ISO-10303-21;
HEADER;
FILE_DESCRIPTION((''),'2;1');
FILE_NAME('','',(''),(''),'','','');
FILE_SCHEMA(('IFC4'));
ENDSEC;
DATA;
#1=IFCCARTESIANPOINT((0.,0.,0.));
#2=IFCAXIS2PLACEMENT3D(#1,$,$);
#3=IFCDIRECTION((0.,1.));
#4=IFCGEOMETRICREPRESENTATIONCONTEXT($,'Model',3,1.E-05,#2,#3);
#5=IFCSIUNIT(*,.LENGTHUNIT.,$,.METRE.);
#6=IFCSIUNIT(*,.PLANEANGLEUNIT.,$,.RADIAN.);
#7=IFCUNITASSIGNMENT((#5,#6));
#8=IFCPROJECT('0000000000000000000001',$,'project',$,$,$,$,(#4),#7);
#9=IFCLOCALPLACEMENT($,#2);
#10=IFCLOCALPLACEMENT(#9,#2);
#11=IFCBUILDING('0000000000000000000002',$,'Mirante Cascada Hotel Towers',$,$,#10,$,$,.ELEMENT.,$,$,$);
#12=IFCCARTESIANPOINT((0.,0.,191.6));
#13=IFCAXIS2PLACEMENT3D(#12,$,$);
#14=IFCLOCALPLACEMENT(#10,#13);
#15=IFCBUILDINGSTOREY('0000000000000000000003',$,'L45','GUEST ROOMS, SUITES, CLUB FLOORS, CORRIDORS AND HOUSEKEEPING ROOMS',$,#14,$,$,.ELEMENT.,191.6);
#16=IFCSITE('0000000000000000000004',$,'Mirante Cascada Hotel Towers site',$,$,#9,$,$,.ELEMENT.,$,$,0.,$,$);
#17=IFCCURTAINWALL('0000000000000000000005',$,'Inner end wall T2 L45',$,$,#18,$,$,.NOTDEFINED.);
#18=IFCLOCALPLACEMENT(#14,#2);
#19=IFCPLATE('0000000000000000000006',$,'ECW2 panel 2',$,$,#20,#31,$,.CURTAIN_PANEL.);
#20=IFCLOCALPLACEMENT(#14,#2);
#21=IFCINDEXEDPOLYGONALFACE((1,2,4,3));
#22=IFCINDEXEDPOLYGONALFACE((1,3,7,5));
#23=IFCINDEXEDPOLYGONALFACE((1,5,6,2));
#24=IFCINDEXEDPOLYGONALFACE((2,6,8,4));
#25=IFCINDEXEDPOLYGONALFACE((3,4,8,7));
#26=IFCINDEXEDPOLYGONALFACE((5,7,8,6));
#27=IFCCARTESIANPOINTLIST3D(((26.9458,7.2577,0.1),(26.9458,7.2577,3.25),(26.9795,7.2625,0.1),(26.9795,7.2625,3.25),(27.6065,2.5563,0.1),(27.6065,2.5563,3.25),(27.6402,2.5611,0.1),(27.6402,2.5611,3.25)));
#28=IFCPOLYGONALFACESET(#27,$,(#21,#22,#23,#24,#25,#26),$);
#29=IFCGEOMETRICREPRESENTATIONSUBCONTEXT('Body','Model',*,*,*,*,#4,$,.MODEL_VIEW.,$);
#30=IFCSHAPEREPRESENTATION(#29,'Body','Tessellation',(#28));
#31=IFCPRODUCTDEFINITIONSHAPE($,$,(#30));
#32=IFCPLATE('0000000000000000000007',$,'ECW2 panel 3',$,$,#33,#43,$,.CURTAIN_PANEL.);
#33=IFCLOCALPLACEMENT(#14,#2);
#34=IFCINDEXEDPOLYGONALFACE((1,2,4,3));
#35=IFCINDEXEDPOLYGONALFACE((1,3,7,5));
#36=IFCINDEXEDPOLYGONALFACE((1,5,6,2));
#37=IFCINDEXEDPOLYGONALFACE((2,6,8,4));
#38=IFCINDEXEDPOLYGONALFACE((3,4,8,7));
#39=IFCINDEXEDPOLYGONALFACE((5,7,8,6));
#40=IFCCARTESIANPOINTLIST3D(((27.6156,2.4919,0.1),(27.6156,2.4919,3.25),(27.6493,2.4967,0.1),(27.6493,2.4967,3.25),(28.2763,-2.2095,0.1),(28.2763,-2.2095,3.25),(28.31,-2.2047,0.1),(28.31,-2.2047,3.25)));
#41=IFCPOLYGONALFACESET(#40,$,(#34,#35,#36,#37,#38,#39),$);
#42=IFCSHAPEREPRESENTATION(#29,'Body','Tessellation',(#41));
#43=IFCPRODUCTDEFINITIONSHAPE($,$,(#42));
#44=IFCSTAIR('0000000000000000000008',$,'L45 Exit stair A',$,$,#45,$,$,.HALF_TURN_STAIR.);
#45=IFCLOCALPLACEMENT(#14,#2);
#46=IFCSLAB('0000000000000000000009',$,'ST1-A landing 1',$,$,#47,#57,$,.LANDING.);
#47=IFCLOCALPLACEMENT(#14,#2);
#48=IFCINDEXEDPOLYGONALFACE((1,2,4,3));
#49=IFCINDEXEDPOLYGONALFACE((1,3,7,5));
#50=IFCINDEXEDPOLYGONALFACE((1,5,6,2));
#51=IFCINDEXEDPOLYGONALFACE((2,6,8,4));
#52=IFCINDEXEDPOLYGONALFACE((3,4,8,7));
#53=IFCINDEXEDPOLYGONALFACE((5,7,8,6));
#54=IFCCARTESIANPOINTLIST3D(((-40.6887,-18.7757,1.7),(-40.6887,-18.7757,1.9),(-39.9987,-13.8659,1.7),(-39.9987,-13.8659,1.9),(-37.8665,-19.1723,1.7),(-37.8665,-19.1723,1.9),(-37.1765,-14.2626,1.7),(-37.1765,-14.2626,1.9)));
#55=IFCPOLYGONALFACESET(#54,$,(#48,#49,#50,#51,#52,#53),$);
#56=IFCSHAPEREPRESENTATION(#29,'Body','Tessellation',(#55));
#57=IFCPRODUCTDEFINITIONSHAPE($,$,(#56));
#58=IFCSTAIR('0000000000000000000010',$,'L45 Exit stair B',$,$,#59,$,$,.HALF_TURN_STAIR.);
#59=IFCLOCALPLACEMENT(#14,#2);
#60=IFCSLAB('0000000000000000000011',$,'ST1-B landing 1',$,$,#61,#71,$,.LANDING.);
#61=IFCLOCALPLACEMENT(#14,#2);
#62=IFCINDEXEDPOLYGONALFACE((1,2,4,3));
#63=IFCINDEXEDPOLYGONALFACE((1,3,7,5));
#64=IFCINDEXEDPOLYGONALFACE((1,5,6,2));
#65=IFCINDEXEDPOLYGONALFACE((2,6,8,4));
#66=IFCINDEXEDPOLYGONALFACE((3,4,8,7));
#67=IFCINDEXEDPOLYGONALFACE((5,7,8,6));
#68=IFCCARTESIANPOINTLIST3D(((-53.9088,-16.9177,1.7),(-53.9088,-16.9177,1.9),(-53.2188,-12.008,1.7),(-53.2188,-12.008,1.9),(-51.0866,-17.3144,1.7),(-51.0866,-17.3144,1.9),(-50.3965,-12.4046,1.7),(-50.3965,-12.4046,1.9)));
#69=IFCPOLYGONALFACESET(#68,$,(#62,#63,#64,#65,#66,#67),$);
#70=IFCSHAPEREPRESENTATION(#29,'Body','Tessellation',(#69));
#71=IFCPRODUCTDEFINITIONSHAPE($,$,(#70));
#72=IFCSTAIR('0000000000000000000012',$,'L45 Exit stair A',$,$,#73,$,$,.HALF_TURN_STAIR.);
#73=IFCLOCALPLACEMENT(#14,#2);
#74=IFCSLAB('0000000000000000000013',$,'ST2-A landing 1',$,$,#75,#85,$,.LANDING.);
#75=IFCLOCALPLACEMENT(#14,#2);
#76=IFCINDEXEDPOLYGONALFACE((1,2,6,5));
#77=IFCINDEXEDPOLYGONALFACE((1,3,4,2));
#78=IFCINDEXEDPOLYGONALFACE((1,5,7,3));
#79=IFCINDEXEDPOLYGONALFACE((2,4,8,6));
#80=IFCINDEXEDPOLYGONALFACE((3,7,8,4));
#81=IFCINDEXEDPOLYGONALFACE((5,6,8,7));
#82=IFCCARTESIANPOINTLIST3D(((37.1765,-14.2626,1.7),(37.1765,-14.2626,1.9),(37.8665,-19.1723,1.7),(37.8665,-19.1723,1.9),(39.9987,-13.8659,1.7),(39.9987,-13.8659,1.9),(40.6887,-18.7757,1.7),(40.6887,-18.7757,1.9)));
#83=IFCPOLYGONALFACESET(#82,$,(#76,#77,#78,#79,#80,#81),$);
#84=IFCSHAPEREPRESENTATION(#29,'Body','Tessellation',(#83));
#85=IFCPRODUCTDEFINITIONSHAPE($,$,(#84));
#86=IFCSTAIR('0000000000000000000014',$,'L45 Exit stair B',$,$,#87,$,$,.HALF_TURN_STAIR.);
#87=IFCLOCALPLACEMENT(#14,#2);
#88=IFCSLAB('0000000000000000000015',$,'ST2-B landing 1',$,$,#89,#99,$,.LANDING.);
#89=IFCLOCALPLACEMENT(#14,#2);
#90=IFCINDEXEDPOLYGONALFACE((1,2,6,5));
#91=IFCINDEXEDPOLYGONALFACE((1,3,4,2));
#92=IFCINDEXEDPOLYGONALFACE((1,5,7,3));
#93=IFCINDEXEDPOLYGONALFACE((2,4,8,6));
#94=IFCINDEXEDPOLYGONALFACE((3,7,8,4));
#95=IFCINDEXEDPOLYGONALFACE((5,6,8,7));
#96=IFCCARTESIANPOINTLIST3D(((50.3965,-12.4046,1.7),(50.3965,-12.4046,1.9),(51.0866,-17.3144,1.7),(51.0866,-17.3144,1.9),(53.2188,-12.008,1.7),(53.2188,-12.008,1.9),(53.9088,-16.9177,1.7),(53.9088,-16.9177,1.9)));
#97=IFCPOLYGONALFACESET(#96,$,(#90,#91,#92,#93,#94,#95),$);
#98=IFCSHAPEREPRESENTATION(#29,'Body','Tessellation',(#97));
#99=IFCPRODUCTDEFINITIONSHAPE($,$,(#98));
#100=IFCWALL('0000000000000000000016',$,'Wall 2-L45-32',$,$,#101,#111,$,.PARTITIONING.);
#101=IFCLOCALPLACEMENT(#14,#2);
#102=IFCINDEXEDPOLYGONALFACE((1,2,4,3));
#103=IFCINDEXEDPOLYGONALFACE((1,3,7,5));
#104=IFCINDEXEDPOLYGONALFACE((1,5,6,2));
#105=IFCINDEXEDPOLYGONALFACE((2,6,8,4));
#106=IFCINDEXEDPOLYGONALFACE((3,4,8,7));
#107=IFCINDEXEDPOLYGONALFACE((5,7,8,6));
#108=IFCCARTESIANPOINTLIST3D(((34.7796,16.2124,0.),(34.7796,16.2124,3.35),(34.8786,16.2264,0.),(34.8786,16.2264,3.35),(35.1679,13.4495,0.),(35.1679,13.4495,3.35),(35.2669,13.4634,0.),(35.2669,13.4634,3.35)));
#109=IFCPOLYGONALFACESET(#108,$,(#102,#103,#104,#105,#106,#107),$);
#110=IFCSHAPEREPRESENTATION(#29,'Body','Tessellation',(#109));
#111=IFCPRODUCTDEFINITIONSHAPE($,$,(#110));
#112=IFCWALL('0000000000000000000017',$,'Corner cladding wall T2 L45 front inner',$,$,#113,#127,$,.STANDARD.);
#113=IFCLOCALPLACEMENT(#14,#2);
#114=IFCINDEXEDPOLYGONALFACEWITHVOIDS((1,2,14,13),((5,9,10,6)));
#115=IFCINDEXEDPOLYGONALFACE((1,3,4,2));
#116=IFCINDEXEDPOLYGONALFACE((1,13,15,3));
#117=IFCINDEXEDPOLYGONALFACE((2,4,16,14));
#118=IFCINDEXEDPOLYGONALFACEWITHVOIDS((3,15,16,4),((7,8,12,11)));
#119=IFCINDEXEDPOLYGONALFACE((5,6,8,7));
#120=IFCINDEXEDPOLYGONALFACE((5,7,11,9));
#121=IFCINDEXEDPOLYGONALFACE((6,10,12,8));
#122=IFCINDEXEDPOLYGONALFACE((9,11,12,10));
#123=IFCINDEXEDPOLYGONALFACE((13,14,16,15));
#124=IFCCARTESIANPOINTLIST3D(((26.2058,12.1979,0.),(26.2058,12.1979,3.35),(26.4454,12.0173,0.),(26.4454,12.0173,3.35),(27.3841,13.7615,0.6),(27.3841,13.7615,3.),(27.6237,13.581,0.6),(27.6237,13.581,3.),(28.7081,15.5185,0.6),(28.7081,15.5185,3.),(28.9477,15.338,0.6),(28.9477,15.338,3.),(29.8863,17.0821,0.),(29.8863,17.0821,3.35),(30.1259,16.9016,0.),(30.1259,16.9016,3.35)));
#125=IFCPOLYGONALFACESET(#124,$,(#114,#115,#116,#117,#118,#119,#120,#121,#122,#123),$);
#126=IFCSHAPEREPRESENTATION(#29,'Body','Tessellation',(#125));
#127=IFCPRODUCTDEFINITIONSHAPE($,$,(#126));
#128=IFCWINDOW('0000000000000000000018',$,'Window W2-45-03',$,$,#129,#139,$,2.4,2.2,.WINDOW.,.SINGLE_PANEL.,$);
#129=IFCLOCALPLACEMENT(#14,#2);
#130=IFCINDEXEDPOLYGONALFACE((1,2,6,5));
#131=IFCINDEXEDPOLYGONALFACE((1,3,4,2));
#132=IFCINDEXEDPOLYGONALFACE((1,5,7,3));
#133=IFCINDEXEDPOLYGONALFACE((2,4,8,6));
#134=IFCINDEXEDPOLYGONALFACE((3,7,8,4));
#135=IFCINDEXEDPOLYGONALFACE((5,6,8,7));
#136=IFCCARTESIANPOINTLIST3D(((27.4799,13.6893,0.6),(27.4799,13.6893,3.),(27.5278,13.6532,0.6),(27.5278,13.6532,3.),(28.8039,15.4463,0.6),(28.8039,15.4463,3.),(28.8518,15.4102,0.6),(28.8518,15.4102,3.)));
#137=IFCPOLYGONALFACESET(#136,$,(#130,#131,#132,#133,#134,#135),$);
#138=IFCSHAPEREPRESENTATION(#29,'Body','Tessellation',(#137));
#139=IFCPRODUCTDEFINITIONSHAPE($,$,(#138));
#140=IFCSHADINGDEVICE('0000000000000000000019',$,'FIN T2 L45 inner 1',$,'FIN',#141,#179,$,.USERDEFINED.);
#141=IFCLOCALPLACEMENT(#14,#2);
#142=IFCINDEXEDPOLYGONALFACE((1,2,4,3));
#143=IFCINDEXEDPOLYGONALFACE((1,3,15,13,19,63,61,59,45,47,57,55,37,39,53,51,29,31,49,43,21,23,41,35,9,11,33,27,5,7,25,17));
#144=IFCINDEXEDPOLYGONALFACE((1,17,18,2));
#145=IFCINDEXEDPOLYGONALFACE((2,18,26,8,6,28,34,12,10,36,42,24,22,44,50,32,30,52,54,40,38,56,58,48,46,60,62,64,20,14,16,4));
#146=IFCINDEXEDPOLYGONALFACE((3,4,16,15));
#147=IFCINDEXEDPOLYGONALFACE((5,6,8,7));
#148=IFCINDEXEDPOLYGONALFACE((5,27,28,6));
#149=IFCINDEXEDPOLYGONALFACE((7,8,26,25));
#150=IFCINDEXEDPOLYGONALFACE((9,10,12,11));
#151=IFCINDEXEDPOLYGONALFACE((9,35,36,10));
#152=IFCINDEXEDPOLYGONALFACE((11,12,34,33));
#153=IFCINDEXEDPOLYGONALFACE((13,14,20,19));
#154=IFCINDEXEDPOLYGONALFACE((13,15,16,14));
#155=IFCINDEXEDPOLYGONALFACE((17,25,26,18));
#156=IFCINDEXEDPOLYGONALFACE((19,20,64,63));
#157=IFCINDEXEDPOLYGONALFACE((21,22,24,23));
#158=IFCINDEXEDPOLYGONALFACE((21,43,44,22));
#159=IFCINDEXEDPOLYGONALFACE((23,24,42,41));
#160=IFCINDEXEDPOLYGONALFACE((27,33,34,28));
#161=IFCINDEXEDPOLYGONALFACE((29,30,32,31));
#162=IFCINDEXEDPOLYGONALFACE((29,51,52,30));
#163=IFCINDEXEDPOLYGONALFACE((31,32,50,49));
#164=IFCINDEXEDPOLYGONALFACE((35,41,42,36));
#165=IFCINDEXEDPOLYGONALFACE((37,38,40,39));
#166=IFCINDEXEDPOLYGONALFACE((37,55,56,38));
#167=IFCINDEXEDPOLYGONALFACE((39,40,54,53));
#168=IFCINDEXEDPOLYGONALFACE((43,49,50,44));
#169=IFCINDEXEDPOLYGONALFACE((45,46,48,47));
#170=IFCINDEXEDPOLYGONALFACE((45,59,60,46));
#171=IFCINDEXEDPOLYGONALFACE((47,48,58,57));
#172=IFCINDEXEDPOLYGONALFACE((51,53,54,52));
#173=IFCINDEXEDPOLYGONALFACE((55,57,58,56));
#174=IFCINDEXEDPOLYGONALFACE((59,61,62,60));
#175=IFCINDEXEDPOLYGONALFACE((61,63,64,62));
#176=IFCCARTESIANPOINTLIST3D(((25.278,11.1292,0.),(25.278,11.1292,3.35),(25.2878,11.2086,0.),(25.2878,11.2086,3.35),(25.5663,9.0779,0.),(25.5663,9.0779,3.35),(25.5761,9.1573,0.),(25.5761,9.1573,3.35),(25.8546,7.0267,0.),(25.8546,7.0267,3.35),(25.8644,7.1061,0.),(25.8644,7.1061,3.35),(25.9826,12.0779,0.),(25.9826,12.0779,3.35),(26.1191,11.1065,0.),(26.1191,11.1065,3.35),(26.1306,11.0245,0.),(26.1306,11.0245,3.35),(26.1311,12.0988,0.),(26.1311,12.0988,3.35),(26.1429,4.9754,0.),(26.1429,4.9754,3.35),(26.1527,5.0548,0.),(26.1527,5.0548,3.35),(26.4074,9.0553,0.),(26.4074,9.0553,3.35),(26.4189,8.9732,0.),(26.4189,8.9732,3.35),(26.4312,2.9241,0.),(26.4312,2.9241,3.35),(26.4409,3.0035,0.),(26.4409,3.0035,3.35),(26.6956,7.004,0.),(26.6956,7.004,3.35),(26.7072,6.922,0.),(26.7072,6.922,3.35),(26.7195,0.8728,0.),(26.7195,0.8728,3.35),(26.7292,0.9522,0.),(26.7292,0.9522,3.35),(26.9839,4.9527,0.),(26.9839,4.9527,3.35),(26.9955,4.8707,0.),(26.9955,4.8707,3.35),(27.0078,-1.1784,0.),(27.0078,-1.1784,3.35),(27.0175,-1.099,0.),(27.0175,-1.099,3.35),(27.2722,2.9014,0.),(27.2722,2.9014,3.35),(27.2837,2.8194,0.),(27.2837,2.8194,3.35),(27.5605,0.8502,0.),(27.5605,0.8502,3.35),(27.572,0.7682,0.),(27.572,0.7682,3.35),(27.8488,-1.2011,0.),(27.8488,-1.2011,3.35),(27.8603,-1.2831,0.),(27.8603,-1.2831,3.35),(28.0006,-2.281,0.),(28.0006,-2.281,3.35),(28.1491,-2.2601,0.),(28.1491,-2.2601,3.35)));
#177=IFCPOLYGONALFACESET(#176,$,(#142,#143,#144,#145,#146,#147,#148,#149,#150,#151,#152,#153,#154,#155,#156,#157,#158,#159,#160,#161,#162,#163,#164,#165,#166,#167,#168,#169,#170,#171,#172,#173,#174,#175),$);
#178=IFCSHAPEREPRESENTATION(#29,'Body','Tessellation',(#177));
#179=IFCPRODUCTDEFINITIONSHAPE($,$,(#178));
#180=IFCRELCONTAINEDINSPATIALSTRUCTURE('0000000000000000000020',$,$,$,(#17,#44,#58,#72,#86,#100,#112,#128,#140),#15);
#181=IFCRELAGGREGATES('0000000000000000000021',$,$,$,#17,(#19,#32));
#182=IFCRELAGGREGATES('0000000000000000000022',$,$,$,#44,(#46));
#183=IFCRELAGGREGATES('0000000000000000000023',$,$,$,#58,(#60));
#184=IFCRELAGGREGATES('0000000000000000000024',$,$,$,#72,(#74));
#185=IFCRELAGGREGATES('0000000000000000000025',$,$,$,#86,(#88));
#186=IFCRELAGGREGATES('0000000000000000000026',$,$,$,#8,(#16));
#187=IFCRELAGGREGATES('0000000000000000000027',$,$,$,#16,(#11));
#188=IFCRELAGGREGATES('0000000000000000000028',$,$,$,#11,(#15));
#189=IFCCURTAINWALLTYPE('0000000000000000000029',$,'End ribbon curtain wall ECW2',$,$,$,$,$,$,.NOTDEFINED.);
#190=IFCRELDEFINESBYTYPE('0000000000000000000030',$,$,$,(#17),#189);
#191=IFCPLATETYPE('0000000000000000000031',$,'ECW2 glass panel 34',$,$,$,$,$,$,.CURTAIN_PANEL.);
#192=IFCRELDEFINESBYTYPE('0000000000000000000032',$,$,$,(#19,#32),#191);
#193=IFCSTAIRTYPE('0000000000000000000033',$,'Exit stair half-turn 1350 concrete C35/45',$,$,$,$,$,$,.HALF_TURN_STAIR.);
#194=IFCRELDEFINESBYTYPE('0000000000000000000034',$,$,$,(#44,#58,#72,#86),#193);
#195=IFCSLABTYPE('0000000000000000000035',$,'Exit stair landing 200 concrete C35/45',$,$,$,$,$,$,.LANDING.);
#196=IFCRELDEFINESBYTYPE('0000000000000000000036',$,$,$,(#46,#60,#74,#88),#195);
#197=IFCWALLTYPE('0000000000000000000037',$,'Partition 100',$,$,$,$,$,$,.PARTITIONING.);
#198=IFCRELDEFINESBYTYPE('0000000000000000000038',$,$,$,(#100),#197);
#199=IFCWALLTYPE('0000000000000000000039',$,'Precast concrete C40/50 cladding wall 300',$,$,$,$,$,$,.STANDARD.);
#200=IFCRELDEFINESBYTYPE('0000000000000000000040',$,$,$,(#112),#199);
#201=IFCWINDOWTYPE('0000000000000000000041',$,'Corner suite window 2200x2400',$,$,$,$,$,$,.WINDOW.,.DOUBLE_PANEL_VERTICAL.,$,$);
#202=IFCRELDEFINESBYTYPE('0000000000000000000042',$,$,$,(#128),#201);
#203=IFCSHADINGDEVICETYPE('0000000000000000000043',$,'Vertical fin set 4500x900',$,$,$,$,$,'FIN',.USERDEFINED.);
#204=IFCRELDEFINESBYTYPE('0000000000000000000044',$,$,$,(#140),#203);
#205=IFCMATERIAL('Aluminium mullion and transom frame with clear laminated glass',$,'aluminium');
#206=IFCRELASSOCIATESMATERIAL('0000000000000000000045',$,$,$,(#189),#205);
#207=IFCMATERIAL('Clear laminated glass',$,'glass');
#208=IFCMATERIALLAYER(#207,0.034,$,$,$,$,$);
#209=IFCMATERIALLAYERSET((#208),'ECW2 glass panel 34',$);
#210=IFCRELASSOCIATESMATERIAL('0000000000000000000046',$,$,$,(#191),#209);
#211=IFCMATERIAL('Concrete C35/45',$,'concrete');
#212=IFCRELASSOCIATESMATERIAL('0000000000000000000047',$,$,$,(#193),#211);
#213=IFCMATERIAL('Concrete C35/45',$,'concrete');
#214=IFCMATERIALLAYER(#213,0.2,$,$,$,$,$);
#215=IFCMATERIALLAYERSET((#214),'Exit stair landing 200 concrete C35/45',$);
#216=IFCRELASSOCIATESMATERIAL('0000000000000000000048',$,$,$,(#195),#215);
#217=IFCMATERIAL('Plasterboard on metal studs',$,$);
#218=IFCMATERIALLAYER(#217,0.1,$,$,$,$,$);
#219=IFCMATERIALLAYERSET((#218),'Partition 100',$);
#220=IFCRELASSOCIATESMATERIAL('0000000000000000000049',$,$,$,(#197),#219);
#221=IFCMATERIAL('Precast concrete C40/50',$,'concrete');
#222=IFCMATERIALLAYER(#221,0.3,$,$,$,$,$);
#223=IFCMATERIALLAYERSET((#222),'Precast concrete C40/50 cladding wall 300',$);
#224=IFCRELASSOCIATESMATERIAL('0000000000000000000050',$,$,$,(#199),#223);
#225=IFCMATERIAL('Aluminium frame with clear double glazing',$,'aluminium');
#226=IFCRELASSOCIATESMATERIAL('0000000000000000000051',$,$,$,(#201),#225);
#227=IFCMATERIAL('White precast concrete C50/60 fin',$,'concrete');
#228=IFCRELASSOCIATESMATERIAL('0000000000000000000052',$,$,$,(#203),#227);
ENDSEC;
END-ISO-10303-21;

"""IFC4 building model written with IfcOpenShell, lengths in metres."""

from ifc_helpers import new_model, si_unit, direction, frame, frame_2d, origin, origin_2d, place, context, subcontext, project, spatial, polyline, rectangle, outline, extrude, material, layer, layer_set, type_object, element, fill, aggregate, save


model = new_model("IFC4")

# Units and contexts
model_context = context("Model", 3, precision=1e-05, world=origin(), true_north=direction((0.0, 1.0)))
body_context = subcontext(model_context, "Body", "Model", "MODEL_VIEW")
ifc_project = project(units=[si_unit("LENGTHUNIT", "METRE"), si_unit("PLANEANGLEUNIT", "RADIAN")], contexts=[model_context])

# Site, building, storey
site_placement = place(None, origin())
site = spatial("IfcSite", under=ifc_project, at=site_placement, Name="Mirante Cascada Hotel Towers site", CompositionType="ELEMENT", RefElevation=0.0)
building_placement = place(site_placement, origin())
building = spatial("IfcBuilding", under=site, at=building_placement, Name="Mirante Cascada Hotel Towers", CompositionType="ELEMENT")
storey_placement = place(building_placement, frame((0.0, 0.0, 191.6)))
storey = spatial("IfcBuildingStorey", under=building, at=storey_placement, Name="L45", Description="GUEST ROOMS, SUITES, CLUB FLOORS, CORRIDORS AND HOUSEKEEPING ROOMS", CompositionType="ELEMENT", Elevation=191.6)

# Curtain wall
ifc_material_1 = material(Name="Aluminium mullion and transom frame with clear laminated glass", Category="aluminium")
curtain_wall_type_1 = type_object("IfcCurtainWallType", Name="End ribbon curtain wall ECW2", PredefinedType="NOTDEFINED", material=ifc_material_1)
curtain_wall_1_placement = place(storey_placement, origin())
curtain_wall_1 = element("IfcCurtainWall", 1, at=curtain_wall_1_placement, inside=storey, type_object=curtain_wall_type_1, Name="Inner end wall T2 L45", PredefinedType="NOTDEFINED")

# Plates
ifc_material_2 = material(Name="Clear laminated glass", Category="glass")
ifc_layer_1 = layer(ifc_material_2, 0.034)
ifc_layer_set_1 = layer_set([ifc_layer_1], Name="ECW2 glass panel 34")
plate_type_1 = type_object("IfcPlateType", Name="ECW2 glass panel 34", PredefinedType="CURTAIN_PANEL", material=ifc_layer_set_1)
plate_1_placement = place(storey_placement, frame((27.293, 4.9094, 0.1), z_axis=(0.0, 0.0, 1.0), x_axis=(0.139173, -0.990268, 0.0)))
plate_1 = element("IfcPlate", 2, at=plate_1_placement, type_object=plate_type_1, Name="ECW2 panel 2", PredefinedType="CURTAIN_PANEL", context=body_context, shape_type="SweptSolid", body=[
    extrude(rectangle(XDim=4.7476, YDim=0.034, at=origin_2d()), origin(), (0.0, 0.0, 1.0), 3.15),
])
plate_2_placement = place(storey_placement, frame((27.9628, 0.1436, 0.1), z_axis=(0.0, 0.0, 1.0), x_axis=(0.139173, -0.990268, 0.0)))
plate_2 = element("IfcPlate", 3, at=plate_2_placement, type_object=plate_type_1, Name="ECW2 panel 3", PredefinedType="CURTAIN_PANEL", context=body_context, shape_type="SweptSolid", body=[
    extrude(rectangle(XDim=4.7476, YDim=0.034, at=origin_2d()), origin(), (0.0, 0.0, 1.0), 3.15),
])
aggregate(curtain_wall_1, [plate_1, plate_2])

# Stairs, slabs
ifc_material_3 = material(Name="Concrete C35/45", Category="concrete")
stair_type = type_object("IfcStairType", Name="Exit stair half-turn 1350 concrete C35/45", PredefinedType="HALF_TURN_STAIR", material=ifc_material_3)
stair_1_placement = place(storey_placement, origin())
stair_1 = element("IfcStair", 4, at=stair_1_placement, inside=storey, type_object=stair_type, Name="L45 Exit stair A", PredefinedType="HALF_TURN_STAIR")
ifc_material_4 = material(Name="Concrete C35/45", Category="concrete")
ifc_layer_2 = layer(ifc_material_4, 0.2)
ifc_layer_set_2 = layer_set([ifc_layer_2], Name="Exit stair landing 200 concrete C35/45")
slab_type = type_object("IfcSlabType", Name="Exit stair landing 200 concrete C35/45", PredefinedType="LANDING", material=ifc_layer_set_2)
slab_1_placement = place(storey_placement, frame((0.0, 0.0, 1.7)))
slab_1 = element("IfcSlab", 5, at=slab_1_placement, type_object=slab_type, Name="ST1-A landing 1", PredefinedType="LANDING", context=body_context, shape_type="SweptSolid", body=[
    extrude(outline(polyline([(-39.9987, -13.8659), (-40.6887, -18.7757), (-37.8665, -19.1723), (-37.1765, -14.2626), (-39.9987, -13.8659)])), origin(), (0.0, 0.0, 1.0), 0.2),
])
aggregate(stair_1, [slab_1])
stair_2_placement = place(storey_placement, origin())
stair_2 = element("IfcStair", 6, at=stair_2_placement, inside=storey, type_object=stair_type, Name="L45 Exit stair B", PredefinedType="HALF_TURN_STAIR")
slab_2_placement = place(storey_placement, frame((0.0, 0.0, 1.7)))
slab_2 = element("IfcSlab", 7, at=slab_2_placement, type_object=slab_type, Name="ST1-B landing 1", PredefinedType="LANDING", context=body_context, shape_type="SweptSolid", body=[
    extrude(outline(polyline([(-53.2188, -12.008), (-53.9088, -16.9177), (-51.0866, -17.3144), (-50.3965, -12.4046), (-53.2188, -12.008)])), origin(), (0.0, 0.0, 1.0), 0.2),
])
aggregate(stair_2, [slab_2])
stair_3_placement = place(storey_placement, origin())
stair_3 = element("IfcStair", 8, at=stair_3_placement, inside=storey, type_object=stair_type, Name="L45 Exit stair A", PredefinedType="HALF_TURN_STAIR")
slab_3_placement = place(storey_placement, frame((0.0, 0.0, 1.7)))
slab_3 = element("IfcSlab", 9, at=slab_3_placement, type_object=slab_type, Name="ST2-A landing 1", PredefinedType="LANDING", context=body_context, shape_type="SweptSolid", body=[
    extrude(outline(polyline([(37.1765, -14.2626), (37.8665, -19.1723), (40.6887, -18.7757), (39.9987, -13.8659), (37.1765, -14.2626)])), origin(), (0.0, 0.0, 1.0), 0.2),
])
aggregate(stair_3, [slab_3])
stair_4_placement = place(storey_placement, origin())
stair_4 = element("IfcStair", 10, at=stair_4_placement, inside=storey, type_object=stair_type, Name="L45 Exit stair B", PredefinedType="HALF_TURN_STAIR")
slab_4_placement = place(storey_placement, frame((0.0, 0.0, 1.7)))
slab_4 = element("IfcSlab", 11, at=slab_4_placement, type_object=slab_type, Name="ST2-B landing 1", PredefinedType="LANDING", context=body_context, shape_type="SweptSolid", body=[
    extrude(outline(polyline([(50.3965, -12.4046), (51.0866, -17.3144), (53.9088, -16.9177), (53.2188, -12.008), (50.3965, -12.4046)])), origin(), (0.0, 0.0, 1.0), 0.2),
])
aggregate(stair_4, [slab_4])

# Wall
ifc_material_5 = material(Name="Plasterboard on metal studs")
ifc_layer_3 = layer(ifc_material_5, 0.1)
ifc_layer_set_3 = layer_set([ifc_layer_3], Name="Partition 100")
wall_type_1 = type_object("IfcWallType", Name="Partition 100", PredefinedType="PARTITIONING", material=ifc_layer_set_3)
wall_1_placement = place(storey_placement, frame((35.2174, 13.4565, 0.0), z_axis=(0.0, 0.0, 1.0), x_axis=(-0.139173, 0.990268, 0.0)))
element("IfcWall", 12, at=wall_1_placement, inside=storey, type_object=wall_type_1, Name="Wall 2-L45-32", PredefinedType="PARTITIONING", context=body_context, shape_type="SweptSolid", body=[
    extrude(rectangle(XDim=2.7901, YDim=0.1, at=frame_2d((1.395, 0.0))), origin(), (0.0, 0.0, 1.0), 3.35),
])

# Wall, opening, window
ifc_material_6 = material(Name="Precast concrete C40/50", Category="concrete")
ifc_layer_4 = layer(ifc_material_6, 0.3)
ifc_layer_set_4 = layer_set([ifc_layer_4], Name="Precast concrete C40/50 cladding wall 300")
wall_type_2 = type_object("IfcWallType", Name="Precast concrete C40/50 cladding wall 300", PredefinedType="STANDARD", material=ifc_layer_set_4)
wall_2_placement = place(storey_placement, frame((30.0061, 16.9918, 0.0), z_axis=(0.0, 0.0, 1.0), x_axis=(-0.601814, -0.798636, 0.0)))
wall_2 = element("IfcWall", 13, at=wall_2_placement, inside=storey, type_object=wall_type_2, Name="Corner cladding wall T2 L45 front inner", PredefinedType="STANDARD", context=body_context, shape_type="SweptSolid", body=[
    extrude(rectangle(XDim=6.1157, YDim=0.3, at=frame_2d((3.0578, 0.0))), origin(), (0.0, 0.0, 1.0), 3.35),
])
opening_placement = place(wall_2_placement, frame((1.9578, 0.0, 0.6)))
opening = element("IfcOpeningElement", 14, at=opening_placement, cuts=wall_2, PredefinedType="OPENING", context=body_context, shape_type="SweptSolid", body=[
    extrude(rectangle(XDim=2.2, YDim=2.4, at=frame_2d((1.1, 1.2))), frame((0.0, 0.15, 0.0), z_axis=(0.0, -1.0, 0.0), x_axis=(1.0, 0.0, 0.0)), (0.0, 0.0, 1.0), 0.3),
])
ifc_material_7 = material(Name="Aluminium frame with clear double glazing", Category="aluminium")
window_type = type_object("IfcWindowType", Name="Corner suite window 2200x2400", PartitioningType="DOUBLE_PANEL_VERTICAL", PredefinedType="WINDOW", material=ifc_material_7)
window_placement = place(opening_placement, origin())
window = element("IfcWindow", 15, at=window_placement, inside=storey, type_object=window_type, Name="Window W2-45-03", OverallHeight=2.4, OverallWidth=2.2, PartitioningType="SINGLE_PANEL", PredefinedType="WINDOW", context=body_context, shape_type="SweptSolid", body=[
    extrude(rectangle(XDim=2.2, YDim=2.4, at=frame_2d((1.1, 1.2))), frame((0.0, 0.03, 0.0), z_axis=(0.0, -1.0, 0.0), x_axis=(1.0, 0.0, 0.0)), (0.0, 0.0, 1.0), 0.06),
])
fill(opening, window)

# Shading device
ifc_material_8 = material(Name="White precast concrete C50/60 fin", Category="concrete")
shading_device_type = type_object("IfcShadingDeviceType", Name="Vertical fin set 4500x900", ElementType="FIN", PredefinedType="USERDEFINED", material=ifc_material_8)
shading_device_1_placement = place(storey_placement, origin())
element("IfcShadingDevice", 16, at=shading_device_1_placement, inside=storey, type_object=shading_device_type, Name="FIN T2 L45 inner 1", ObjectType="FIN", PredefinedType="USERDEFINED", context=body_context, shape_type="SweptSolid", body=[
    extrude(outline(polyline([(27.0175, -1.099), (27.8488, -1.2011), (27.572, 0.7682), (26.7195, 0.8728), (26.7292, 0.9522), (27.5605, 0.8502), (27.2837, 2.8194), (26.4312, 2.9241), (26.4409, 3.0035), (27.2722, 2.9014), (26.9955, 4.8707), (26.1429, 4.9754), (26.1527, 5.0548), (26.9839, 4.9527), (26.7072, 6.922), (25.8546, 7.0267), (25.8644, 7.1061), (26.6956, 7.004), (26.4189, 8.9732), (25.5663, 9.0779), (25.5761, 9.1573), (26.4074, 9.0553), (26.1306, 11.0245), (25.278, 11.1292), (25.2878, 11.2086), (26.1191, 11.1065), (25.9826, 12.0779), (26.1311, 12.0988), (28.1491, -2.2601), (28.0006, -2.281), (27.8603, -1.2831), (27.0078, -1.1784), (27.0175, -1.099)])), origin(), (0.0, 0.0, 1.0), 3.35),
])

save(model, "model.ifc")
